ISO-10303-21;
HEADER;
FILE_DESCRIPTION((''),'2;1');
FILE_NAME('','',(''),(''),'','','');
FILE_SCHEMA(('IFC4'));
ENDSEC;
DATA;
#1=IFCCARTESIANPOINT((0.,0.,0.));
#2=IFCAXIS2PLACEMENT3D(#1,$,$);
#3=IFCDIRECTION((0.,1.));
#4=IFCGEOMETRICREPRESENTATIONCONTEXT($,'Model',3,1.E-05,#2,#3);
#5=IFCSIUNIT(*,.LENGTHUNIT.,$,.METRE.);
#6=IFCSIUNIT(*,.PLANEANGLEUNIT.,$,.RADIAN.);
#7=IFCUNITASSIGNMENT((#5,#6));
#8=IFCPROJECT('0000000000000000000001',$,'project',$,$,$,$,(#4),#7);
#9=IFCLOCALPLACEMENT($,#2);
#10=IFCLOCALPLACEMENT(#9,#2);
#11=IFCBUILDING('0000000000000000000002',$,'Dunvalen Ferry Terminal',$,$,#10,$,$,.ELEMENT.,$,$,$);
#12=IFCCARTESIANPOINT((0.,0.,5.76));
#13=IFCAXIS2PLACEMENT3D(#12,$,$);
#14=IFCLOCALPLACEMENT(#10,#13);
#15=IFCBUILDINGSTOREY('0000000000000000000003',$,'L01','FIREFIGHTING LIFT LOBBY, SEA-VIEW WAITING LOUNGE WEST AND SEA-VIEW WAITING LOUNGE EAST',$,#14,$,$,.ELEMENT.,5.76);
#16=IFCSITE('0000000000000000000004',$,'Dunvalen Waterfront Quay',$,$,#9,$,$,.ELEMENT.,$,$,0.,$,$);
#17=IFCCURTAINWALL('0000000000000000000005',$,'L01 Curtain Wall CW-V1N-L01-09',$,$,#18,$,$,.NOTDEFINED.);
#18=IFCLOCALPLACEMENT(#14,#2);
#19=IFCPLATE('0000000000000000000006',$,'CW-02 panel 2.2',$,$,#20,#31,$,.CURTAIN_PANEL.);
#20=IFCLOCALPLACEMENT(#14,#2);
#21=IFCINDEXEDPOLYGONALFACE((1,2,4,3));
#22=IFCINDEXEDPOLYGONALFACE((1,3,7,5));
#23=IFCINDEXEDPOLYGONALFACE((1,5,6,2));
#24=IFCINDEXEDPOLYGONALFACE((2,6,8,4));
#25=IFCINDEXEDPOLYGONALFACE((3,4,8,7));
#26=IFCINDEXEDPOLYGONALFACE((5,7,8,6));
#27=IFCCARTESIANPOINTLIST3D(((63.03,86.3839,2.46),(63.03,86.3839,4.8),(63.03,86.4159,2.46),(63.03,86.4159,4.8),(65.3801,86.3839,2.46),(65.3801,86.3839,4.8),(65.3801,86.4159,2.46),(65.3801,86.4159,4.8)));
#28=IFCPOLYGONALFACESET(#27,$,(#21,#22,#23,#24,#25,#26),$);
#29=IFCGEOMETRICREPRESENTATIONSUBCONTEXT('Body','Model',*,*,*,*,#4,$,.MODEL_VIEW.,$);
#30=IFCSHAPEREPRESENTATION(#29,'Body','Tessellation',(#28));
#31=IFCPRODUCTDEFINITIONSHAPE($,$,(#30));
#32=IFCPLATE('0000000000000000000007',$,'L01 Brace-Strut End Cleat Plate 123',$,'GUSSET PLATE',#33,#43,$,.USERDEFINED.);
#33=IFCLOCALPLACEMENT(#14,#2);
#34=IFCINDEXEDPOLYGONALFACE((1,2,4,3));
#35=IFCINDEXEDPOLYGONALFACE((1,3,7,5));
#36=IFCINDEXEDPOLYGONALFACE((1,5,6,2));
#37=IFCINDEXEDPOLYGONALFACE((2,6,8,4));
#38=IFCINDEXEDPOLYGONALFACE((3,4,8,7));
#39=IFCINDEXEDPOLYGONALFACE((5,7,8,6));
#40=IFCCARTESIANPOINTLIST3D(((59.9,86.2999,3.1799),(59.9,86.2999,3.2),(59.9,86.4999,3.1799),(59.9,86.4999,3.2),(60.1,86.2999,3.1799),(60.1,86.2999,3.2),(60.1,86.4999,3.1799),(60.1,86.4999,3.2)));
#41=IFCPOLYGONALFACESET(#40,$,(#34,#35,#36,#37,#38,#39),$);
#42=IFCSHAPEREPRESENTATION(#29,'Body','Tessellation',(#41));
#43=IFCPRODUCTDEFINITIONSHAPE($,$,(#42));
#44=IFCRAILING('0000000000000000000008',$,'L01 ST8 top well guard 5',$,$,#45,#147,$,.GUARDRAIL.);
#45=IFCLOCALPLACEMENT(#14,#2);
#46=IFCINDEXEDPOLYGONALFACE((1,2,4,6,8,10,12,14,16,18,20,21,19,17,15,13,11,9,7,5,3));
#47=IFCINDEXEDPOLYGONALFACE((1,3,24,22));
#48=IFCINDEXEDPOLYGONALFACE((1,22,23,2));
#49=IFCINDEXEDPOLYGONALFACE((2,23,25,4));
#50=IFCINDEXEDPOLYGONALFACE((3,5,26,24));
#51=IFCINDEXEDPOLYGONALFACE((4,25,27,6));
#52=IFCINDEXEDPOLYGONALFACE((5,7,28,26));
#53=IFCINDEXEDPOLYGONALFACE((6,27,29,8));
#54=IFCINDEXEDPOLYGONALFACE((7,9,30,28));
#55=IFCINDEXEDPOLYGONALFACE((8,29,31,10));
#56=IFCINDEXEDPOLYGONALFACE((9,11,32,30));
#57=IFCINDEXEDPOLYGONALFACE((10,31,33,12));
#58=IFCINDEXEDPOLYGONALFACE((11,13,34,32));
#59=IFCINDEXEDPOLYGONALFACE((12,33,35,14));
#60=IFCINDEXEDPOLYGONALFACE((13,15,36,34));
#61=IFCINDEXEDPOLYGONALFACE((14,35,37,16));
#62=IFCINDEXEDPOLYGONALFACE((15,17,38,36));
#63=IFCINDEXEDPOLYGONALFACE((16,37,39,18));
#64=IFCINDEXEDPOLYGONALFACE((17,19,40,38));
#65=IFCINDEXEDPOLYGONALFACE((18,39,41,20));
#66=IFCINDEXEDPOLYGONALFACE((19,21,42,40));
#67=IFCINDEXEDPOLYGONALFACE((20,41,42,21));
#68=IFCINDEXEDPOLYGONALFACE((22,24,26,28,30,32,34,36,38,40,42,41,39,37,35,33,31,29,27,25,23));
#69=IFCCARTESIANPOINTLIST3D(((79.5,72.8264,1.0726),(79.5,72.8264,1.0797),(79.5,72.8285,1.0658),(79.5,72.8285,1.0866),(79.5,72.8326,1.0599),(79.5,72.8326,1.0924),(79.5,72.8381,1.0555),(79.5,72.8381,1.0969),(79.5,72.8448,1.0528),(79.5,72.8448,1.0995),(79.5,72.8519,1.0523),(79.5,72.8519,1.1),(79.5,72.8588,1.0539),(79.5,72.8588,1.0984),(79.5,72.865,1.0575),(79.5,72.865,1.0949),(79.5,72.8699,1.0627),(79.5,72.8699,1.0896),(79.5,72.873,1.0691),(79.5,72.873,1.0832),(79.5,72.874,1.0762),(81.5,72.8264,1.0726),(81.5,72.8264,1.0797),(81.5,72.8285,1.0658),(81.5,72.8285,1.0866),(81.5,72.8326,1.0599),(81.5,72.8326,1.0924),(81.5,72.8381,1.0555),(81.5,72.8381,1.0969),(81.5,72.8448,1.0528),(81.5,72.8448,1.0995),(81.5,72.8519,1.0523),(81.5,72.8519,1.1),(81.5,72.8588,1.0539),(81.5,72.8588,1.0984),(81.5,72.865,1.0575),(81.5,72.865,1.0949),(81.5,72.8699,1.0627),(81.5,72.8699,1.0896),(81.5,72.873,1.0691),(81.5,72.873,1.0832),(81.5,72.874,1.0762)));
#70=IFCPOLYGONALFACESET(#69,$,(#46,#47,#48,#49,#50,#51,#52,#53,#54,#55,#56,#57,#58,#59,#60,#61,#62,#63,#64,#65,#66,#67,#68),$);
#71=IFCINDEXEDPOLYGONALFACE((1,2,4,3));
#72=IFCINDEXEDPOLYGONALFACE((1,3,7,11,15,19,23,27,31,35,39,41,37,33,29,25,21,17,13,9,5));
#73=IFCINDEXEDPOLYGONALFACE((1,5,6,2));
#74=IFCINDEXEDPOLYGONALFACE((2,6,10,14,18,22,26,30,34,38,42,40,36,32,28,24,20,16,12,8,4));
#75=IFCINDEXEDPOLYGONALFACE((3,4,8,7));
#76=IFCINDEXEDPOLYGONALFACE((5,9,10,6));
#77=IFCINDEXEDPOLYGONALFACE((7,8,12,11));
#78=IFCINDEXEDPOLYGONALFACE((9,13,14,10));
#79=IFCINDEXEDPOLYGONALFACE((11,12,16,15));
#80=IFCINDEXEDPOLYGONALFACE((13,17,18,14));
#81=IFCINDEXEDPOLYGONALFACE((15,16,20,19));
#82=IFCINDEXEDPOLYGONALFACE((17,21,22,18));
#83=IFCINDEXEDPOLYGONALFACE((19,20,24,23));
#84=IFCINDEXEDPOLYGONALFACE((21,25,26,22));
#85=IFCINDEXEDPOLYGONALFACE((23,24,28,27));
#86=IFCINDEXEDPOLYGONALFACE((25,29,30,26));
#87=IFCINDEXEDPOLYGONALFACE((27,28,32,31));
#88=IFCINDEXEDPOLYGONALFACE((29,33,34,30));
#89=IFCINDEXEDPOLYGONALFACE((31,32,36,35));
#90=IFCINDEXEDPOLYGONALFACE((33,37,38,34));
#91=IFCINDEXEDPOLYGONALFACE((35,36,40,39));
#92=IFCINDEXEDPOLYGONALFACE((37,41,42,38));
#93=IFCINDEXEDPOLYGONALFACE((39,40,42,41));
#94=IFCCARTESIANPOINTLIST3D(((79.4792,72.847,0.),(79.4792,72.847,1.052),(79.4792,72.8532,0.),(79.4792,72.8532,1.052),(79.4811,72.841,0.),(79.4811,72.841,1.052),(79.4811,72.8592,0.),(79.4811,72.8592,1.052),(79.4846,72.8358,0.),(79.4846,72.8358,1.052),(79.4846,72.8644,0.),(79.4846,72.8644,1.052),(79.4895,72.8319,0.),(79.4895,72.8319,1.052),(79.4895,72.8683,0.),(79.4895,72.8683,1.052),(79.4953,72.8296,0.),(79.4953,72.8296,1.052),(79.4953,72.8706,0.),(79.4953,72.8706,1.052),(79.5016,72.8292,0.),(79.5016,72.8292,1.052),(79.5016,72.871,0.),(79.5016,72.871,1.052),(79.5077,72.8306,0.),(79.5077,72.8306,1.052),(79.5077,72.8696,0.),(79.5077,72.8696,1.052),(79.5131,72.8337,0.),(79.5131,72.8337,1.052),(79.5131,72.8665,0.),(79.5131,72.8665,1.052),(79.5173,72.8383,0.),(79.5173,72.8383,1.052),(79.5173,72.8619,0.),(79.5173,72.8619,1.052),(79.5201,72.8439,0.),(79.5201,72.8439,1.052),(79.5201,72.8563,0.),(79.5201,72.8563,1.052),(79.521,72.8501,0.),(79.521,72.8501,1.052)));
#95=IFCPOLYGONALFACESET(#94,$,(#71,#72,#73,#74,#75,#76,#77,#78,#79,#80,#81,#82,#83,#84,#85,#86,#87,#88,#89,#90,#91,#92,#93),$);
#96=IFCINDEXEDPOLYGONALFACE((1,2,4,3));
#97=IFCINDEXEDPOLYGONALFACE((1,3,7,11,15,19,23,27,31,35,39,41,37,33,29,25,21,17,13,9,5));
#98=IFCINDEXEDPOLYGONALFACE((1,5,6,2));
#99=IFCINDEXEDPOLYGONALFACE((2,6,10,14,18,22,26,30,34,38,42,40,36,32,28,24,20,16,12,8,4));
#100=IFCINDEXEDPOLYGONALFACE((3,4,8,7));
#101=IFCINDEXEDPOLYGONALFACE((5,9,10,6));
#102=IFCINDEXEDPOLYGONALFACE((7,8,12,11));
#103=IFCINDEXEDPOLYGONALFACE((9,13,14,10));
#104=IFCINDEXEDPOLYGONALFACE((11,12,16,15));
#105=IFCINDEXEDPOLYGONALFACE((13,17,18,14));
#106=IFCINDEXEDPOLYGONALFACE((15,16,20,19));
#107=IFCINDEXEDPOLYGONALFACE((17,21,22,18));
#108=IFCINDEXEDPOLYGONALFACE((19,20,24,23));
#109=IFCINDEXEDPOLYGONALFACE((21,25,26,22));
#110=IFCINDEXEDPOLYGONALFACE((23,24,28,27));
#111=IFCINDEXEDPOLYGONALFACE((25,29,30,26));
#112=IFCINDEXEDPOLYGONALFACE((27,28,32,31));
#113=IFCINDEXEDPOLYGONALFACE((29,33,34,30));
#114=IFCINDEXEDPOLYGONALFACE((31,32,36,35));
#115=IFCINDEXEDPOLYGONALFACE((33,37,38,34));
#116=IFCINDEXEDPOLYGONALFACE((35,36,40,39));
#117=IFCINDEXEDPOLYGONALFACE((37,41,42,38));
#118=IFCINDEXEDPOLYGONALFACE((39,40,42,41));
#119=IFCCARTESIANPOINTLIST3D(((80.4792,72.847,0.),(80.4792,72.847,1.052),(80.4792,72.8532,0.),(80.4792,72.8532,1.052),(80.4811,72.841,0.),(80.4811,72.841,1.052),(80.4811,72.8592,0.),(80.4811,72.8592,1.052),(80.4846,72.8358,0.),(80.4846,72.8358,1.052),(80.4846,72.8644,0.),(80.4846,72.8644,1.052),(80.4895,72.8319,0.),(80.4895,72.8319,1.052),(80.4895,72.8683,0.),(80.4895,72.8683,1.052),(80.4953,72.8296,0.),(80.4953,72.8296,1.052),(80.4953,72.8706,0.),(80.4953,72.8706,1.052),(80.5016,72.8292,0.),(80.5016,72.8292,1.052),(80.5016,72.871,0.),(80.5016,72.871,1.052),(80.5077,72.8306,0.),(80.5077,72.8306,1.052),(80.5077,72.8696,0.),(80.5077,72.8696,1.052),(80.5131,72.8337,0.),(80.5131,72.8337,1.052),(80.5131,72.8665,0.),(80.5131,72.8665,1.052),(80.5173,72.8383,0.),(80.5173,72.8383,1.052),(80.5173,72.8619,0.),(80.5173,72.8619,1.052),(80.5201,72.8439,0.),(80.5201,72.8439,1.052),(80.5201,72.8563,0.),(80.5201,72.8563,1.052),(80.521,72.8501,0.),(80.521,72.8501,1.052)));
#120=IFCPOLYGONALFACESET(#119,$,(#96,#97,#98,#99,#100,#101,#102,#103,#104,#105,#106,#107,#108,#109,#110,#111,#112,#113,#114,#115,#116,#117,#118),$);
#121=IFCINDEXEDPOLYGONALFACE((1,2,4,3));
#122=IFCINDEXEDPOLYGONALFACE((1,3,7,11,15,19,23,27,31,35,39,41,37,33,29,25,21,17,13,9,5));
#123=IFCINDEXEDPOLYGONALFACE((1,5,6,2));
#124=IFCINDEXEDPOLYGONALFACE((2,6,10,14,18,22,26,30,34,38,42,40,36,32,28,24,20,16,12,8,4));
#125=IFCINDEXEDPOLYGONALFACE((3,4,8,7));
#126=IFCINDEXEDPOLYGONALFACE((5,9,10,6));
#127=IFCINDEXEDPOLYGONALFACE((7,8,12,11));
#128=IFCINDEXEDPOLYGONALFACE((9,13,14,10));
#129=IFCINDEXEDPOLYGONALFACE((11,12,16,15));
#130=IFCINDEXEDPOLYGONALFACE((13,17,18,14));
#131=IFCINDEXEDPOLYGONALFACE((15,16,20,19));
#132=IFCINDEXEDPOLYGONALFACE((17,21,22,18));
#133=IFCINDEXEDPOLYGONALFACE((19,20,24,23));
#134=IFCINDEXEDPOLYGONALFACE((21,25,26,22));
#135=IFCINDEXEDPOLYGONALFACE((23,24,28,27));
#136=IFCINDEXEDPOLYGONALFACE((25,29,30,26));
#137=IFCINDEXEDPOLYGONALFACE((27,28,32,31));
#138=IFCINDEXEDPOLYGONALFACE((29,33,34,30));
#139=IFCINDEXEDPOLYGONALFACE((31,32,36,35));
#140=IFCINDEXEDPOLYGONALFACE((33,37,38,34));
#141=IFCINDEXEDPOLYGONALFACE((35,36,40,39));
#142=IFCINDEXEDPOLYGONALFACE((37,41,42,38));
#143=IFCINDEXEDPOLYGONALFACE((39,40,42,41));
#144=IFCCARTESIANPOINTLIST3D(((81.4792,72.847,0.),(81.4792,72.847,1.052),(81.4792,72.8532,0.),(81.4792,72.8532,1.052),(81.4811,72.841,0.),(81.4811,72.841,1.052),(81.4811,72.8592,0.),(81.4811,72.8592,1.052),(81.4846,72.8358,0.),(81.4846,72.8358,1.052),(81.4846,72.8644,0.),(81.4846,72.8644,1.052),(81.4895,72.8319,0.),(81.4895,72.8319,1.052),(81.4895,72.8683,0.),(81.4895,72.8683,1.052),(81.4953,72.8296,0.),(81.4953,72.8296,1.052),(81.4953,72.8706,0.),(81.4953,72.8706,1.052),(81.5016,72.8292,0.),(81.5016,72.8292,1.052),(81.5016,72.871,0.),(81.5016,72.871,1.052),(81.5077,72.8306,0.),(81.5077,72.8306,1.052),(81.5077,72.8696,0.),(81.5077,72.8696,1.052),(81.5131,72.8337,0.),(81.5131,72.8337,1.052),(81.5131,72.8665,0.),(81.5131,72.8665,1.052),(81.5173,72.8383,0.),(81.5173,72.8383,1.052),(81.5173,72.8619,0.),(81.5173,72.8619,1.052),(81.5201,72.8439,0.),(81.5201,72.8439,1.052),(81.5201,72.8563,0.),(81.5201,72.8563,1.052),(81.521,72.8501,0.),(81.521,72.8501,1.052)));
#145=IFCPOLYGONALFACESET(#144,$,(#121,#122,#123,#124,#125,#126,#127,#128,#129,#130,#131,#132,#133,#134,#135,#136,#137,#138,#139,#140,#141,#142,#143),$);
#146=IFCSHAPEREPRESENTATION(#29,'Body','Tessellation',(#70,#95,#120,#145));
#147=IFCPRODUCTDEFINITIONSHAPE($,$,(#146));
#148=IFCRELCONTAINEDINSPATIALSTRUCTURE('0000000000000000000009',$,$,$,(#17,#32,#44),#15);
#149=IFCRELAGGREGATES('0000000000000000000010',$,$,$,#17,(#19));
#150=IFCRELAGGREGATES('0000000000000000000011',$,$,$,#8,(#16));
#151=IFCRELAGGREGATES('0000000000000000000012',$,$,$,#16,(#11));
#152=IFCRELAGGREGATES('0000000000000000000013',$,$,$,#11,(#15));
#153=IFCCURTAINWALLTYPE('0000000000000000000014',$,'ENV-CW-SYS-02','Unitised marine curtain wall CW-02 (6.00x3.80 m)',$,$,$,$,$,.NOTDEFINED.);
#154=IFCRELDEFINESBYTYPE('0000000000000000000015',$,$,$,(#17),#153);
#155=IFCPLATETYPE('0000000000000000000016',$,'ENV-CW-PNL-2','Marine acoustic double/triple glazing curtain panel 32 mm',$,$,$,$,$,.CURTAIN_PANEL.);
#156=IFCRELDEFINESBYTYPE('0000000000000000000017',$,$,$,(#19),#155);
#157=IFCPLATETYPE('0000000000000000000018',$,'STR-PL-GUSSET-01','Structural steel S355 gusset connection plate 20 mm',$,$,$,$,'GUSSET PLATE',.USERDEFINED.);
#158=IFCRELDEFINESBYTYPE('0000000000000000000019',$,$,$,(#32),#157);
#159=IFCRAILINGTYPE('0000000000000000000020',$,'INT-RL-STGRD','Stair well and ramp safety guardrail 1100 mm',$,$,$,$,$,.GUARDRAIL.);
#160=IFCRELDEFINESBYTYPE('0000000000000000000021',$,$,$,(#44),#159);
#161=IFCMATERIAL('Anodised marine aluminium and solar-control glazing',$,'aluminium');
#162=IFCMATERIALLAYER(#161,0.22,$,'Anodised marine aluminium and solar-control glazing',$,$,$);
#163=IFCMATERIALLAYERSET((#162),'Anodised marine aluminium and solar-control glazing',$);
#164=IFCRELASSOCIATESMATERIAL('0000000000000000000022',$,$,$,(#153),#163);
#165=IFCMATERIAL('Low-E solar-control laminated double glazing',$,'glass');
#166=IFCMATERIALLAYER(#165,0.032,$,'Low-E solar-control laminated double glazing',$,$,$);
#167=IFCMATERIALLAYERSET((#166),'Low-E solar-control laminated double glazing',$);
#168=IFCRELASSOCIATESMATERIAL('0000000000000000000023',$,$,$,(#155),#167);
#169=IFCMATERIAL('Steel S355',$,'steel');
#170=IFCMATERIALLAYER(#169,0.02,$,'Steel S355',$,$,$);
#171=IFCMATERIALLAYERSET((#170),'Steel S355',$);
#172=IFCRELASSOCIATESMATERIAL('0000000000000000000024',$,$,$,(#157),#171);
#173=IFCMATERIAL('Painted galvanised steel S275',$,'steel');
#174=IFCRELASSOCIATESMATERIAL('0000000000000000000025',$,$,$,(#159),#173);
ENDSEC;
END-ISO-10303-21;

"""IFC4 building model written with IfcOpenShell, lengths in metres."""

from ifc_helpers import new_model, si_unit, direction, frame, origin, origin_2d, place, context, subcontext, project, spatial, rectangle, circle, extrude, material, layer, layer_set, type_object, element, aggregate, save


model = new_model("IFC4")

# Units and contexts
model_context = context("Model", 3, precision=1e-05, world=origin(), true_north=direction((0.0, 1.0)))
body_context = subcontext(model_context, "Body", "Model", "MODEL_VIEW")
ifc_project = project(units=[si_unit("LENGTHUNIT", "METRE"), si_unit("PLANEANGLEUNIT", "RADIAN")], contexts=[model_context])

# Site, building, storey
site_placement = place(None, origin())
site = spatial("IfcSite", under=ifc_project, at=site_placement, Name="Dunvalen Waterfront Quay", CompositionType="ELEMENT", RefElevation=0.0)
building_placement = place(site_placement, origin())
building = spatial("IfcBuilding", under=site, at=building_placement, Name="Dunvalen Ferry Terminal", CompositionType="ELEMENT")
storey_placement = place(building_placement, frame((0.0, 0.0, 5.76)))
storey = spatial("IfcBuildingStorey", under=building, at=storey_placement, Name="L01", Description="FIREFIGHTING LIFT LOBBY, SEA-VIEW WAITING LOUNGE WEST AND SEA-VIEW WAITING LOUNGE EAST", CompositionType="ELEMENT", Elevation=5.76)

# Curtain wall
ifc_material_1 = material(Name="Anodised marine aluminium and solar-control glazing", Category="aluminium")
ifc_layer_1 = layer(ifc_material_1, 0.22, Name="Anodised marine aluminium and solar-control glazing")
ifc_layer_set_1 = layer_set([ifc_layer_1], Name="Anodised marine aluminium and solar-control glazing")
curtain_wall_type = type_object("IfcCurtainWallType", Name="ENV-CW-SYS-02", Description="Unitised marine curtain wall CW-02 (6.00x3.80 m)", PredefinedType="NOTDEFINED", material=ifc_layer_set_1)
curtain_wall_placement = place(storey_placement, origin())
curtain_wall = element("IfcCurtainWall", 1, at=curtain_wall_placement, inside=storey, type_object=curtain_wall_type, Name="L01 Curtain Wall CW-V1N-L01-09", PredefinedType="NOTDEFINED")

# Shared definitions
ifc_material_2 = material(Name="Steel S355", Category="steel")

# Plates
ifc_material_3 = material(Name="Low-E solar-control laminated double glazing", Category="glass")
ifc_layer_2 = layer(ifc_material_3, 0.032, Name="Low-E solar-control laminated double glazing")
ifc_layer_set_2 = layer_set([ifc_layer_2], Name="Low-E solar-control laminated double glazing")
plate_type_1 = type_object("IfcPlateType", Name="ENV-CW-PNL-2", Description="Marine acoustic double/triple glazing curtain panel 32 mm", PredefinedType="CURTAIN_PANEL", material=ifc_layer_set_2)
plate_1_placement = place(storey_placement, frame((64.2051, 86.3999, 2.46), z_axis=(0.0, 0.0, 1.0), x_axis=(1.0, 0.0, 0.0)))
plate_1 = element("IfcPlate", 2, at=plate_1_placement, type_object=plate_type_1, Name="CW-02 panel 2.2", PredefinedType="CURTAIN_PANEL", context=body_context, shape_type="SweptSolid", body=[
    extrude(rectangle(XDim=2.3501, YDim=0.032, at=origin_2d()), origin(), (0.0, 0.0, 1.0), 2.3401),
])
aggregate(curtain_wall, [plate_1])
ifc_layer_3 = layer(ifc_material_2, 0.02, Name="Steel S355")
ifc_layer_set_3 = layer_set([ifc_layer_3], Name="Steel S355")
plate_type_2 = type_object("IfcPlateType", Name="STR-PL-GUSSET-01", Description="Structural steel S355 gusset connection plate 20 mm", ElementType="GUSSET PLATE", PredefinedType="USERDEFINED", material=ifc_layer_set_3)
plate_2_placement = place(storey_placement, frame((60.0, 86.3999, 3.1799), z_axis=(0.0, 0.0, 1.0), x_axis=(1.0, 0.0, 0.0)))
element("IfcPlate", 3, at=plate_2_placement, inside=storey, type_object=plate_type_2, Name="L01 Brace-Strut End Cleat Plate 123", ObjectType="GUSSET PLATE", PredefinedType="USERDEFINED", context=body_context, shape_type="SweptSolid", body=[
    extrude(rectangle(XDim=0.2, YDim=0.2, at=origin_2d()), origin(), (0.0, 0.0, 1.0), 0.02),
])

# Railing
ifc_material_4 = material(Name="Painted galvanised steel S275", Category="steel")
railing_type = type_object("IfcRailingType", Name="INT-RL-STGRD", Description="Stair well and ramp safety guardrail 1100 mm", PredefinedType="GUARDRAIL", material=ifc_material_4)
for number, where, name in (
    (4, (79.5, 72.8501, 0.0), "L01 ST8 top well guard 5"),
):
    element("IfcRailing", number, at=place(storey_placement, frame(where)), inside=storey, type_object=railing_type, Name=name, PredefinedType="GUARDRAIL", context=body_context, shape_type="SweptSolid", body=[
        extrude(circle(Radius=0.0239, at=origin_2d()), frame((0.0, 0.0, 1.0762), z_axis=(1.0, 0.0, 0.0), x_axis=(0.0, 1.0, 0.0)), (0.0, 0.0, 1.0), 2.0),
        extrude(circle(Radius=0.021, at=origin_2d()), origin(), (0.0, 0.0, 1.0), 1.052),
        extrude(circle(Radius=0.021, at=origin_2d()), frame((1.0, 0.0, 0.0)), (0.0, 0.0, 1.0), 1.052),
        extrude(circle(Radius=0.021, at=origin_2d()), frame((2.0, 0.0, 0.0)), (0.0, 0.0, 1.0), 1.052),
    ])

save(model, "model.ifc")
